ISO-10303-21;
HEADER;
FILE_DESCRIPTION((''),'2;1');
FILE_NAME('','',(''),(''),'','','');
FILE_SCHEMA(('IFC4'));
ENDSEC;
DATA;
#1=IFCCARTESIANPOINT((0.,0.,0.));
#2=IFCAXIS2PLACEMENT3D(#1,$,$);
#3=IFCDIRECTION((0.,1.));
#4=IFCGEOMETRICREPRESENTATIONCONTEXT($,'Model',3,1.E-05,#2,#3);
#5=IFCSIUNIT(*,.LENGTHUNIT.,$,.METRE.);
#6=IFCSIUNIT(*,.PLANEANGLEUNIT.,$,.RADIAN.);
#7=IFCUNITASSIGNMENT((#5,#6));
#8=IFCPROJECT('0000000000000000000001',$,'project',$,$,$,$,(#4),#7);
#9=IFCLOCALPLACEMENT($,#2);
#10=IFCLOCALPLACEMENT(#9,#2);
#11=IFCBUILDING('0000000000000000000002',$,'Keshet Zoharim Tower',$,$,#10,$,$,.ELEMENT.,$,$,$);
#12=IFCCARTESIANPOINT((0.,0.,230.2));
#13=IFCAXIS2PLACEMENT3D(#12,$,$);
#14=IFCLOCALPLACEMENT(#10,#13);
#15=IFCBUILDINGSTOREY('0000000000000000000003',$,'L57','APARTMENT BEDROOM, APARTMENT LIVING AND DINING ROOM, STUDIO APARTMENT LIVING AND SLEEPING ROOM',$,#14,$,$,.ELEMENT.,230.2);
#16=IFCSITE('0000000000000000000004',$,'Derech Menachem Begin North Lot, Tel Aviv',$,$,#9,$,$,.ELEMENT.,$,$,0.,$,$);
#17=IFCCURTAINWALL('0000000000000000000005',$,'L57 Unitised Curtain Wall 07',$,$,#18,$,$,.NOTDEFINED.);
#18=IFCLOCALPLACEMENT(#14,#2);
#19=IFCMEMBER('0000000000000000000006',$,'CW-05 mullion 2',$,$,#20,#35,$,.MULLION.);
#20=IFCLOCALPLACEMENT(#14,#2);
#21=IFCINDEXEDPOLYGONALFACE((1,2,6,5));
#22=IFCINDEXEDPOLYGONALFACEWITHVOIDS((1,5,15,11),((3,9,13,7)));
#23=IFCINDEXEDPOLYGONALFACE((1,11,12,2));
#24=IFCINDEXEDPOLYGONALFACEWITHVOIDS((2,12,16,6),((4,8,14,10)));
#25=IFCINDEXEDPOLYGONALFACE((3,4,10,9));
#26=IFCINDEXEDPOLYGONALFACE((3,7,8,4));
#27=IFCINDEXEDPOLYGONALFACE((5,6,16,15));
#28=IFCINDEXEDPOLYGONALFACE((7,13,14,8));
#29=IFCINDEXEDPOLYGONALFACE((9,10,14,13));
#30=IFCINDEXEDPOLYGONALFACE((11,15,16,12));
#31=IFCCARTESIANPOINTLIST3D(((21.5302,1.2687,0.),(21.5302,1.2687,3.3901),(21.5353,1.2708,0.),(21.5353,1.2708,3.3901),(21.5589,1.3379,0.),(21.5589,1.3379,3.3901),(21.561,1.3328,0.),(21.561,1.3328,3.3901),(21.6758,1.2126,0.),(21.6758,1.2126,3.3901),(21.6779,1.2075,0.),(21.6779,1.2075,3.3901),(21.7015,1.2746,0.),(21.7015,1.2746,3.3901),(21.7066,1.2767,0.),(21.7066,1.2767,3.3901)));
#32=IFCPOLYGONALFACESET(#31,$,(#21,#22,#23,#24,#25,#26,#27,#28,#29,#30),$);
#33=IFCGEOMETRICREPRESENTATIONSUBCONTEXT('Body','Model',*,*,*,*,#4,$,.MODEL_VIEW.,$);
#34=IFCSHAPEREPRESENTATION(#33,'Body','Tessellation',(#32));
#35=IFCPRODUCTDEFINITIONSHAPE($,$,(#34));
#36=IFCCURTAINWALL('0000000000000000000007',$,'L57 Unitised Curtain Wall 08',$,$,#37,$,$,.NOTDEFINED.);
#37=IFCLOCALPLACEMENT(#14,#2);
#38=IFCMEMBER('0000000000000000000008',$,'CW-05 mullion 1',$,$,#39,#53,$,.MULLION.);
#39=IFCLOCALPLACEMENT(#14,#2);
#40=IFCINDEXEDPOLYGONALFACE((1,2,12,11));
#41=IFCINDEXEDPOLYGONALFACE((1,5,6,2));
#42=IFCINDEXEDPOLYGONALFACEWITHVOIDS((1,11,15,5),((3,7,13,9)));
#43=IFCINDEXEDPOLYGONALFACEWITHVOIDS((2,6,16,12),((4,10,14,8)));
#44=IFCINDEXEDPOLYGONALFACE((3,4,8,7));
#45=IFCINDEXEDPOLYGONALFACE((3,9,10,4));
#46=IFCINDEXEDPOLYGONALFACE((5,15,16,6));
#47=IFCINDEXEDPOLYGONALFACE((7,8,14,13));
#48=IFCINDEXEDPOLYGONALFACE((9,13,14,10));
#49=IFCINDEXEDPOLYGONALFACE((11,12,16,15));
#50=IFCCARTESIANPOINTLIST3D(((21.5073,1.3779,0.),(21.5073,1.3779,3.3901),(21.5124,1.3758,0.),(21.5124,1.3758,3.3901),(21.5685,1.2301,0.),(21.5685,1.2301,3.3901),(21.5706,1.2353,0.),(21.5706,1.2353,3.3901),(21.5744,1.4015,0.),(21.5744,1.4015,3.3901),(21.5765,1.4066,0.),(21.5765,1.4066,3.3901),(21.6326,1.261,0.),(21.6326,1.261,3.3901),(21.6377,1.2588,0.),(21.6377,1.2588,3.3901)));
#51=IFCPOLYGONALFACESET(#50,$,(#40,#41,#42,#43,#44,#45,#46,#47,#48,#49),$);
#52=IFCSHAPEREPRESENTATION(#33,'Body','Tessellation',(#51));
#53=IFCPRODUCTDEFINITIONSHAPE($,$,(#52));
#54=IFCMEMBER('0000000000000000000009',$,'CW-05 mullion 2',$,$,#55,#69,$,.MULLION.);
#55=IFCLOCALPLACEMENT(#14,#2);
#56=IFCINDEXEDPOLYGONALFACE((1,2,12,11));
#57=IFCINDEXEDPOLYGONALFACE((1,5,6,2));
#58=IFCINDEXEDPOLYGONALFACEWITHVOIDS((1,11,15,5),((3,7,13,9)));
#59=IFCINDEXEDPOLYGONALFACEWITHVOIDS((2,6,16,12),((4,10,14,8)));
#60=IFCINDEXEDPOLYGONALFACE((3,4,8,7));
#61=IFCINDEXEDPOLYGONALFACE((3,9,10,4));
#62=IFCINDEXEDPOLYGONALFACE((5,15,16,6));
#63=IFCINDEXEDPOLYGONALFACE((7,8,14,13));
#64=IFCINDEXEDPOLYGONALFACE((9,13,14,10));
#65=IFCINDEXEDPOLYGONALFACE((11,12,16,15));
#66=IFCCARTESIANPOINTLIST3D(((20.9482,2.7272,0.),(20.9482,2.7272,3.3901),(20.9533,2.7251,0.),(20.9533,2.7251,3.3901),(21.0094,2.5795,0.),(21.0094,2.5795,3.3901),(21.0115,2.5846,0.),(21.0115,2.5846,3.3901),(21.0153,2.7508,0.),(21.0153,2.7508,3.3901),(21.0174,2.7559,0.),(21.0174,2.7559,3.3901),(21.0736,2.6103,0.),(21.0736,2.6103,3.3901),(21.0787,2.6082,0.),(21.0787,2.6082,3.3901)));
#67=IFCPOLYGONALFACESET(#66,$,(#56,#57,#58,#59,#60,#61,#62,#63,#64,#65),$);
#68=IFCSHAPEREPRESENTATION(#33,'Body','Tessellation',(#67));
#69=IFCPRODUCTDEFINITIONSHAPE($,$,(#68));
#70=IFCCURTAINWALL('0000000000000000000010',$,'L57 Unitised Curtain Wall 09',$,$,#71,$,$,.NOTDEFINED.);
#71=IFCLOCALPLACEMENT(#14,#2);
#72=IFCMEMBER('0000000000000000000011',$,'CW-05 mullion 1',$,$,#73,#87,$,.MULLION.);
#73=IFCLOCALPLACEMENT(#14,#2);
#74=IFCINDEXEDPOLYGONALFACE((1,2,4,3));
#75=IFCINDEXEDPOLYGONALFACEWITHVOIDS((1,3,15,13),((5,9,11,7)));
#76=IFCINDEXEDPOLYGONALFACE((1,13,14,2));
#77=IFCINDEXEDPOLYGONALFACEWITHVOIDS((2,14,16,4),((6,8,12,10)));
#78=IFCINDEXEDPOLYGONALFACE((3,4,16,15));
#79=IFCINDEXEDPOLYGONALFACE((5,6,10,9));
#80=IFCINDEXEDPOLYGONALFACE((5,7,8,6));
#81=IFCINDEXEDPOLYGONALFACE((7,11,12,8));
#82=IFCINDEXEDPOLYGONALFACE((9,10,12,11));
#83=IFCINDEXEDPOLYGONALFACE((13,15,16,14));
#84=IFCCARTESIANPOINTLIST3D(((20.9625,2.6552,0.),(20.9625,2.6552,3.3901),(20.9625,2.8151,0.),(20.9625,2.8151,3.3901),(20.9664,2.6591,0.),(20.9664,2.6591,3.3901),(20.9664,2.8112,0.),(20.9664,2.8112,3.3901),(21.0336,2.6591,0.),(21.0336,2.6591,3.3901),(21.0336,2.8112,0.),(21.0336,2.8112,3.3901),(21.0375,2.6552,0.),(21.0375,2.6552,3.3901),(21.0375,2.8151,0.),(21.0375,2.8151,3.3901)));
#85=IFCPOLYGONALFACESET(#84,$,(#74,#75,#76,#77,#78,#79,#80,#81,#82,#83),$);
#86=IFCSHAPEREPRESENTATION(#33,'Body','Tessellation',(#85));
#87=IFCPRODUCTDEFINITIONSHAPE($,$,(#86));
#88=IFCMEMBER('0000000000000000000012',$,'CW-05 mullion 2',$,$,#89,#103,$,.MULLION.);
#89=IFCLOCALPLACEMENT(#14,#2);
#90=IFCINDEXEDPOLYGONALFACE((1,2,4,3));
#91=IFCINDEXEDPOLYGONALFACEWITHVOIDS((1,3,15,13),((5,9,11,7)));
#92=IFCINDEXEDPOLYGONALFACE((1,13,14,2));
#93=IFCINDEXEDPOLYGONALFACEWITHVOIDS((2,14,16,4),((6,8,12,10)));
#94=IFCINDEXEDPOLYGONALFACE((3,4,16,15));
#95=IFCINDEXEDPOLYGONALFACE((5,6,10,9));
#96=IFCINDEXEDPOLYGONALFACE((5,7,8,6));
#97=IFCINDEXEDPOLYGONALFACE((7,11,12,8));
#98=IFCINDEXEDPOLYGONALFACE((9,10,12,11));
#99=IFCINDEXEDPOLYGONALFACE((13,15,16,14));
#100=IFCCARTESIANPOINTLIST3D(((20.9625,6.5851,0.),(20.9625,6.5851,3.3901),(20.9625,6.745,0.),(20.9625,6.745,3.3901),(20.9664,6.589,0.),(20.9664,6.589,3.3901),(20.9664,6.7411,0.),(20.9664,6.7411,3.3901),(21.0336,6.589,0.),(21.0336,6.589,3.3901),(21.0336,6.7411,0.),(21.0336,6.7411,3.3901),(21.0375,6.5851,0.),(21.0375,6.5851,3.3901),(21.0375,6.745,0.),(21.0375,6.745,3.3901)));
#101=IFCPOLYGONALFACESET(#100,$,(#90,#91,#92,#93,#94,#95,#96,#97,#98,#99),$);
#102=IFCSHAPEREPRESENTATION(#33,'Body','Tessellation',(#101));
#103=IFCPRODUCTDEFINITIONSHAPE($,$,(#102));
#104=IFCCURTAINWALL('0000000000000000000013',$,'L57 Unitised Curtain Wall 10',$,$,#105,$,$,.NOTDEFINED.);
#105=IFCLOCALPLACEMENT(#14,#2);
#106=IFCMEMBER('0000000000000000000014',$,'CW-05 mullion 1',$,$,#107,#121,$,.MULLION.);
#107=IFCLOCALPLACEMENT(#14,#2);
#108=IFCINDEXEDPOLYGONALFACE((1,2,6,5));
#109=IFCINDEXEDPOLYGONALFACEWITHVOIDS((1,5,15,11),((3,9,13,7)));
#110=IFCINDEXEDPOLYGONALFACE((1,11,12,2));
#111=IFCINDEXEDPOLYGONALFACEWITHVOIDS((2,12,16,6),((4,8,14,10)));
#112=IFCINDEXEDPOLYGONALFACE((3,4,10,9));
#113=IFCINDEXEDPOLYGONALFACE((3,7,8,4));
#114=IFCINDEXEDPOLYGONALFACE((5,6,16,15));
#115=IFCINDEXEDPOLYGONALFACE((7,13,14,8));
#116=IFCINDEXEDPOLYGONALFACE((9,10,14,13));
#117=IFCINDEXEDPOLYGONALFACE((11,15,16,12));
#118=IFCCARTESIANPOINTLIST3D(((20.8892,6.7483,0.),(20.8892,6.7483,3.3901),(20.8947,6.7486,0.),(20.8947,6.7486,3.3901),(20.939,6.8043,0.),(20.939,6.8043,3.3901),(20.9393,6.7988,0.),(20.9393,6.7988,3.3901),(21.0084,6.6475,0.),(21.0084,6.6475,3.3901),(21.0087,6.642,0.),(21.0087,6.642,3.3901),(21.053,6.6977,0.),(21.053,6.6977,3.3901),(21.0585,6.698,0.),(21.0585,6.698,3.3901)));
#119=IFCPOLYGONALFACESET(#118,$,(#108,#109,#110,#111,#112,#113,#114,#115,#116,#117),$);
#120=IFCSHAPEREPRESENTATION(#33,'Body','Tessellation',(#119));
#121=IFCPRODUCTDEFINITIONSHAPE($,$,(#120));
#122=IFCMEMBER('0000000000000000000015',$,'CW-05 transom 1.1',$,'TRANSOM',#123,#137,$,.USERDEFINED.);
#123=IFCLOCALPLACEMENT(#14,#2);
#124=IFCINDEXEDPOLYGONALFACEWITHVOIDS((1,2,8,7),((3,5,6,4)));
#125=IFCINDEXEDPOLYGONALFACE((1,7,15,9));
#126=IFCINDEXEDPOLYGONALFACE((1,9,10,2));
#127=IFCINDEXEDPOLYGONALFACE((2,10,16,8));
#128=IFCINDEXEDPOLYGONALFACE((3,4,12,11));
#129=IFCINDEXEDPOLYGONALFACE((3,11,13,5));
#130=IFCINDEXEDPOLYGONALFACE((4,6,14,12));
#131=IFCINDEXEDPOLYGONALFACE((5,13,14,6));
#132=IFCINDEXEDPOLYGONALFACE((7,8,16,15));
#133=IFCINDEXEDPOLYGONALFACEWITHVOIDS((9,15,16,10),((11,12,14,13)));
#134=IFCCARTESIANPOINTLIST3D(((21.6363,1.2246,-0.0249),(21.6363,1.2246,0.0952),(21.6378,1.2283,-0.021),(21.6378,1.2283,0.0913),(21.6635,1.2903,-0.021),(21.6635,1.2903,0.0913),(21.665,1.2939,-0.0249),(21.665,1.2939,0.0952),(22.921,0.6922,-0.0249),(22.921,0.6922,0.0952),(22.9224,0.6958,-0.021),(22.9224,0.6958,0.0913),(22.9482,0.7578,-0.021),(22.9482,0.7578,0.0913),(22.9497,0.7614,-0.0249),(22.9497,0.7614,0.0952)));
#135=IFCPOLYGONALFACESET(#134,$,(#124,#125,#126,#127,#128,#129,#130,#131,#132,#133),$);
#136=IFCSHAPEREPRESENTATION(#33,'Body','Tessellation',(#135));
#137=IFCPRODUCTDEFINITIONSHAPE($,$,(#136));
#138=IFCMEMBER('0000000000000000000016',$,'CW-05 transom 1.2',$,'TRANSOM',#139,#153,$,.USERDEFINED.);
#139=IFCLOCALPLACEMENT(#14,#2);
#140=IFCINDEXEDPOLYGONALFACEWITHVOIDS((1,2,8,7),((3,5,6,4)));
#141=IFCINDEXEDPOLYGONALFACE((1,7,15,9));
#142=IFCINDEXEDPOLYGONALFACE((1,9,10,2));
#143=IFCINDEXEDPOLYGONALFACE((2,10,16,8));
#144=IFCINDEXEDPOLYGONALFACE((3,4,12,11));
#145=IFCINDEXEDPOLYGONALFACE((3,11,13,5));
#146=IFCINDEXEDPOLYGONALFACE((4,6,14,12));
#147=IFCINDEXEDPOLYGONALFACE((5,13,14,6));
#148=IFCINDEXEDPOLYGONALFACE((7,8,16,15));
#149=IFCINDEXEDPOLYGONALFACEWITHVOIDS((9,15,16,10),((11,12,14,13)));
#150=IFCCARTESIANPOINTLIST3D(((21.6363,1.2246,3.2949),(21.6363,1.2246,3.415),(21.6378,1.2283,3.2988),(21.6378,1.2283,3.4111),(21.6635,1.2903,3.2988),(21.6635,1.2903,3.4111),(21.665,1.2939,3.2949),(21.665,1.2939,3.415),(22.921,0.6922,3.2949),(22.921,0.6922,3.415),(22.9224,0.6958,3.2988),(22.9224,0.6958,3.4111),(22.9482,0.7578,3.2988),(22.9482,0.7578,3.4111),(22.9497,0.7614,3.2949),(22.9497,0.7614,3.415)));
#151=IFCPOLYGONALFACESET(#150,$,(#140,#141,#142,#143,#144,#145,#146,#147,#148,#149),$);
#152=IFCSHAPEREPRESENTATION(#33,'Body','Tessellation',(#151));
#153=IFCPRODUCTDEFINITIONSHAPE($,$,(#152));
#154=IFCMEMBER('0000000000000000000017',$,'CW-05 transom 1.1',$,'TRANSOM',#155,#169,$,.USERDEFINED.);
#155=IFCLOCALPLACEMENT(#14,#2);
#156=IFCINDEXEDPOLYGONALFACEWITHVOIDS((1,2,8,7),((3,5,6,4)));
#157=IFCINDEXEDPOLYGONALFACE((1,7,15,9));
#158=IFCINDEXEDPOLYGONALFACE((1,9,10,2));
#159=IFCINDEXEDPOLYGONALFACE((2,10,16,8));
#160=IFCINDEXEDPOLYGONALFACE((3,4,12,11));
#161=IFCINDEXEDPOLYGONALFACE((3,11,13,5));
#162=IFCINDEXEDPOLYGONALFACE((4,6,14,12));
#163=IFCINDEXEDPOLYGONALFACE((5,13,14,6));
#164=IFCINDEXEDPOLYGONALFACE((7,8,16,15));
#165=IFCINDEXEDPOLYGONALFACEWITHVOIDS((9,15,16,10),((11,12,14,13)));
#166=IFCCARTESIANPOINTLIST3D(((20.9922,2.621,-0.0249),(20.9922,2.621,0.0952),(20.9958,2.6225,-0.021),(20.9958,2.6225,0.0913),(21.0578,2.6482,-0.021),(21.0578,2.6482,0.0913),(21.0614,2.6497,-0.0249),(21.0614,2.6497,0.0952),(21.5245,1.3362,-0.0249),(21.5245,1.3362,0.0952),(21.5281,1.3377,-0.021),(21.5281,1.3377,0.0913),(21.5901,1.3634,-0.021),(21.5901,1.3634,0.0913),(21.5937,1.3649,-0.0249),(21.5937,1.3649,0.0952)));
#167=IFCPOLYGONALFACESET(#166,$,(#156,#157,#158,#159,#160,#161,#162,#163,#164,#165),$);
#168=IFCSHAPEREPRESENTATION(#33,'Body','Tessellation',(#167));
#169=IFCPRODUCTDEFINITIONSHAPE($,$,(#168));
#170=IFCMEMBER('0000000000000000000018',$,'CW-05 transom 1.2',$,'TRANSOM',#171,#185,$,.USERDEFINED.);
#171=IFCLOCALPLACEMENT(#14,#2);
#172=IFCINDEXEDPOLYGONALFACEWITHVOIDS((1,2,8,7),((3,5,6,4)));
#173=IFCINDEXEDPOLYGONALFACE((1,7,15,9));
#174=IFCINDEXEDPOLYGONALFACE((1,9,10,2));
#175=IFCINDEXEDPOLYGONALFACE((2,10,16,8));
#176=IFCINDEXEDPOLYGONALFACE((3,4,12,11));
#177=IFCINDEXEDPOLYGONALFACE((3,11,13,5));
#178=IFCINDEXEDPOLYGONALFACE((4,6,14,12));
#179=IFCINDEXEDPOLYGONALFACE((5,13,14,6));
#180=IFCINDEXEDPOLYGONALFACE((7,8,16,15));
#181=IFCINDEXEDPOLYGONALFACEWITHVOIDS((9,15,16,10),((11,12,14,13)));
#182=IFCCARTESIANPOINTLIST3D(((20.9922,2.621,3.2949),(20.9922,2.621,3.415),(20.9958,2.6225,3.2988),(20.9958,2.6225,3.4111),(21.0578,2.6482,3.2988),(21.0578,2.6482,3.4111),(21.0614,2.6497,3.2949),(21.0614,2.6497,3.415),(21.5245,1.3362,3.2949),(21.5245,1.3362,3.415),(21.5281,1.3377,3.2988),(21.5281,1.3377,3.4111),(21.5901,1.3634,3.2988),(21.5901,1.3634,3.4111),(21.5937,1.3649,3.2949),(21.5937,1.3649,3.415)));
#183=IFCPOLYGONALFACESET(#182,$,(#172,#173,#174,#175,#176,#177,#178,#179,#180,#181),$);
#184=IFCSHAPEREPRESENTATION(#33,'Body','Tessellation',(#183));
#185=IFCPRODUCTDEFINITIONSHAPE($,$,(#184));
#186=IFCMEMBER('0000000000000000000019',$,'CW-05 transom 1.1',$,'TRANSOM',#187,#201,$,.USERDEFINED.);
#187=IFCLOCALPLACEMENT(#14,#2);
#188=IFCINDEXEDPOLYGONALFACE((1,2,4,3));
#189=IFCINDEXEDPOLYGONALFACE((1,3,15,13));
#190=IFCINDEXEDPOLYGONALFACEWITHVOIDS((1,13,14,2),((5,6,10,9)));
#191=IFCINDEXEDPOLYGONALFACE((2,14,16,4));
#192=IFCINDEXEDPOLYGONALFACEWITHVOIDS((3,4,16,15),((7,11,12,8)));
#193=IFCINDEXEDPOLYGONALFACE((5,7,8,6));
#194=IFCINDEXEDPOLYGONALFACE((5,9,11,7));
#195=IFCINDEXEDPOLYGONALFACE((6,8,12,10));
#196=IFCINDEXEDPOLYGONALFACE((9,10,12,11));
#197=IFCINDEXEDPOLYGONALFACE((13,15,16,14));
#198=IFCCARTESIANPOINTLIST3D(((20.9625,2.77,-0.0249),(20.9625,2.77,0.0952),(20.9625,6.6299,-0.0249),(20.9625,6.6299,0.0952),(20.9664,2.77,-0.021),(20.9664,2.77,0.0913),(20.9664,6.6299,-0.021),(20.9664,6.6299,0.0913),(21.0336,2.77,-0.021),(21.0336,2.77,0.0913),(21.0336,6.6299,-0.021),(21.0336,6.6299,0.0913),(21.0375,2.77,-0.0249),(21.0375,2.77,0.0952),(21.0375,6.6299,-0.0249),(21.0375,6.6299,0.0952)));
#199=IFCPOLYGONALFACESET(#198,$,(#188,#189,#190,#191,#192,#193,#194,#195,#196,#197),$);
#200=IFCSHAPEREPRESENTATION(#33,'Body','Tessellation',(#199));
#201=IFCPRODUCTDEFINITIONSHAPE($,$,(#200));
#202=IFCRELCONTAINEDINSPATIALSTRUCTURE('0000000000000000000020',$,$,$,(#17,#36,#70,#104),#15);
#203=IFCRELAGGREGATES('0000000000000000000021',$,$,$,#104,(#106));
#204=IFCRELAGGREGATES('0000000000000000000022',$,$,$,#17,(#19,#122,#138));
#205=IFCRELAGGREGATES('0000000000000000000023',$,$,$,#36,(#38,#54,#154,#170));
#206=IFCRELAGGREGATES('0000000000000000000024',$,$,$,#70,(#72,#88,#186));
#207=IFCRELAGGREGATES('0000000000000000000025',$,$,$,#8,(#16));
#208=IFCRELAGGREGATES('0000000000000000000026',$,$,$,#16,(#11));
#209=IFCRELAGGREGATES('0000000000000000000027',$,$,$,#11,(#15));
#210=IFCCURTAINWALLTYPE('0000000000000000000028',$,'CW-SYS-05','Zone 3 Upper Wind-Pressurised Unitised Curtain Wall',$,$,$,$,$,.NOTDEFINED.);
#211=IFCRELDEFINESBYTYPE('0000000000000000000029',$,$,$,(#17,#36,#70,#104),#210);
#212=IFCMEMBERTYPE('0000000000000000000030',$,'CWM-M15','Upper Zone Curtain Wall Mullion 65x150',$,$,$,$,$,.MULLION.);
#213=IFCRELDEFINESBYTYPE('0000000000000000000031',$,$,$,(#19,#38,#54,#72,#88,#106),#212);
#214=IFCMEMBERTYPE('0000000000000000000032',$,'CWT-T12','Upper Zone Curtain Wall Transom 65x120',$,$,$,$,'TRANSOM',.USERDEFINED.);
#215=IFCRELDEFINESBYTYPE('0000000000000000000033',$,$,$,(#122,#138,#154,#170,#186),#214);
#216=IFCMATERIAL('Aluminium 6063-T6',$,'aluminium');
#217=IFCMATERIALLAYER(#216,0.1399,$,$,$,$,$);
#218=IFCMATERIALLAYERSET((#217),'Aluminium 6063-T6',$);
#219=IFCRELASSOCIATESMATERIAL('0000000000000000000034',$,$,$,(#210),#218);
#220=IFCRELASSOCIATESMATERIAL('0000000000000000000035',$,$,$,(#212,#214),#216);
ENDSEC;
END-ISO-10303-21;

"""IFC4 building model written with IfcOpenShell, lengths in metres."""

from ifc_helpers import new_model, si_unit, direction, frame, origin, origin_2d, place, context, subcontext, project, spatial, hollow_rectangle, extrude, material, layer, layer_set, material_profile, profile_set, type_object, element, aggregate, save


model = new_model("IFC4")

# Units and contexts
model_context = context("Model", 3, precision=1e-05, world=origin(), true_north=direction((0.0, 1.0)))
body_context = subcontext(model_context, "Body", "Model", "MODEL_VIEW")
ifc_project = project(units=[si_unit("LENGTHUNIT", "METRE"), si_unit("PLANEANGLEUNIT", "RADIAN")], contexts=[model_context])

# Site, building, storey
site_placement = place(None, origin())
site = spatial("IfcSite", under=ifc_project, at=site_placement, Name="Derech Menachem Begin North Lot, Tel Aviv", CompositionType="ELEMENT", RefElevation=0.0)
building_placement = place(site_placement, origin())
building = spatial("IfcBuilding", under=site, at=building_placement, Name="Keshet Zoharim Tower", CompositionType="ELEMENT")
storey_placement = place(building_placement, frame((0.0, 0.0, 230.2)))
storey = spatial("IfcBuildingStorey", under=building, at=storey_placement, Name="L57", Description="APARTMENT BEDROOM, APARTMENT LIVING AND DINING ROOM, STUDIO APARTMENT LIVING AND SLEEPING ROOM", CompositionType="ELEMENT", Elevation=230.2)

# Shared definitions
ifc_material_1 = material(Name="Aluminium 6063-T6", Category="aluminium")
ifc_layer_1 = layer(ifc_material_1, 0.1399)
ifc_layer_set_1 = layer_set([ifc_layer_1], Name="Aluminium 6063-T6")
curtain_wall_type = type_object("IfcCurtainWallType", Name="CW-SYS-05", Description="Zone 3 Upper Wind-Pressurised Unitised Curtain Wall", PredefinedType="NOTDEFINED", material=ifc_layer_set_1)
ifc_material_profile_1 = material_profile(ifc_material_1, hollow_rectangle(XDim=0.075, YDim=0.1599, WallThickness=0.0039, at=origin_2d()), Name="MUL-75x160")
ifc_profile_set_1 = profile_set([ifc_material_profile_1], Name="Aluminium 6063-T6")
member_type_1 = type_object("IfcMemberType", Name="CWM-M15", Description="Upper Zone Curtain Wall Mullion 65x150", PredefinedType="MULLION", material=ifc_profile_set_1)

# Curtain walls, members
curtain_wall_1_placement = place(storey_placement, origin())
curtain_wall_1 = element("IfcCurtainWall", 1, at=curtain_wall_1_placement, inside=storey, type_object=curtain_wall_type, Name="L57 Unitised Curtain Wall 07", PredefinedType="NOTDEFINED")
member_1_placement = place(storey_placement, frame((21.6184, 1.2727, 0.0), z_axis=(0.0, 0.0, 1.0), x_axis=(-0.382852, -0.92381, 0.0)))
member_1 = element("IfcMember", 2, at=member_1_placement, type_object=member_type_1, Name="CW-05 mullion 2", PredefinedType="MULLION", context=body_context, shape_type="SweptSolid", body=[
    extrude(hollow_rectangle(XDim=0.075, YDim=0.1599, WallThickness=0.0039, at=origin_2d()), origin(), (0.0, 0.0, 1.0), 3.3901),
])
curtain_wall_2_placement = place(storey_placement, origin())
curtain_wall_2 = element("IfcCurtainWall", 3, at=curtain_wall_2_placement, inside=storey, type_object=curtain_wall_type, Name="L57 Unitised Curtain Wall 08", PredefinedType="NOTDEFINED")
member_2_placement = place(storey_placement, frame((21.5725, 1.3184, 0.0), z_axis=(0.0, 0.0, 1.0), x_axis=(-0.92381, -0.382852, 0.0)))
member_2 = element("IfcMember", 4, at=member_2_placement, type_object=member_type_1, Name="CW-05 mullion 1", PredefinedType="MULLION", context=body_context, shape_type="SweptSolid", body=[
    extrude(hollow_rectangle(XDim=0.075, YDim=0.1599, WallThickness=0.0039, at=origin_2d()), origin(), (0.0, 0.0, 1.0), 3.3901),
])
member_3_placement = place(storey_placement, frame((21.0134, 2.6677, 0.0), z_axis=(0.0, 0.0, 1.0), x_axis=(-0.92381, -0.382852, 0.0)))
member_3 = element("IfcMember", 5, at=member_3_placement, type_object=member_type_1, Name="CW-05 mullion 2", PredefinedType="MULLION", context=body_context, shape_type="SweptSolid", body=[
    extrude(hollow_rectangle(XDim=0.075, YDim=0.1599, WallThickness=0.0039, at=origin_2d()), origin(), (0.0, 0.0, 1.0), 3.3901),
])
curtain_wall_3_placement = place(storey_placement, origin())
curtain_wall_3 = element("IfcCurtainWall", 6, at=curtain_wall_3_placement, inside=storey, type_object=curtain_wall_type, Name="L57 Unitised Curtain Wall 09", PredefinedType="NOTDEFINED")
member_4_placement = place(storey_placement, frame((21.0, 2.7351, 0.0), z_axis=(0.0, 0.0, 1.0), x_axis=(-1.0, 0.0, 0.0)))
member_4 = element("IfcMember", 7, at=member_4_placement, type_object=member_type_1, Name="CW-05 mullion 1", PredefinedType="MULLION", context=body_context, shape_type="SweptSolid", body=[
    extrude(hollow_rectangle(XDim=0.075, YDim=0.1599, WallThickness=0.0039, at=origin_2d()), origin(), (0.0, 0.0, 1.0), 3.3901),
])
member_5_placement = place(storey_placement, frame((21.0, 6.665, 0.0), z_axis=(0.0, 0.0, 1.0), x_axis=(-1.0, 0.0, 0.0)))
member_5 = element("IfcMember", 8, at=member_5_placement, type_object=member_type_1, Name="CW-05 mullion 2", PredefinedType="MULLION", context=body_context, shape_type="SweptSolid", body=[
    extrude(hollow_rectangle(XDim=0.075, YDim=0.1599, WallThickness=0.0039, at=origin_2d()), origin(), (0.0, 0.0, 1.0), 3.3901),
])

# Curtain wall, member
curtain_wall_4_placement = place(storey_placement, origin())
curtain_wall_4 = element("IfcCurtainWall", 9, at=curtain_wall_4_placement, inside=storey, type_object=curtain_wall_type, Name="L57 Unitised Curtain Wall 10", PredefinedType="NOTDEFINED")
member_6_placement = place(storey_placement, frame((20.9739, 6.7231, 0.0), z_axis=(0.0, 0.0, 1.0), x_axis=(-0.664363, -0.74741, 0.0)))
member_6 = element("IfcMember", 10, at=member_6_placement, type_object=member_type_1, Name="CW-05 mullion 1", PredefinedType="MULLION", context=body_context, shape_type="SweptSolid", body=[
    extrude(hollow_rectangle(XDim=0.075, YDim=0.1599, WallThickness=0.0039, at=origin_2d()), origin(), (0.0, 0.0, 1.0), 3.3901),
])

# Members
ifc_material_profile_2 = material_profile(ifc_material_1, hollow_rectangle(XDim=0.075, YDim=0.1201, WallThickness=0.0039, at=origin_2d()), Name="TRN-75x120")
ifc_profile_set_2 = profile_set([ifc_material_profile_2], Name="Aluminium 6063-T6")
member_type_2 = type_object("IfcMemberType", Name="CWT-T12", Description="Upper Zone Curtain Wall Transom 65x120", ElementType="TRANSOM", PredefinedType="USERDEFINED", material=ifc_profile_set_2)
member_7_placement = place(storey_placement, frame((22.9353, 0.7268, 0.0352), z_axis=(-0.923792, 0.382894, 0.0), x_axis=(-0.382894, -0.923792, 0.0)))
member_7 = element("IfcMember", 11, at=member_7_placement, type_object=member_type_2, Name="CW-05 transom 1.1", ObjectType="TRANSOM", PredefinedType="USERDEFINED", context=body_context, shape_type="SweptSolid", body=[
    extrude(hollow_rectangle(XDim=0.075, YDim=0.1201, WallThickness=0.0039, at=origin_2d()), origin(), (0.0, 0.0, 1.0), 1.3906),
])
member_8_placement = place(storey_placement, frame((22.9353, 0.7268, 3.355), z_axis=(-0.923792, 0.382894, 0.0), x_axis=(-0.382894, -0.923792, 0.0)))
member_8 = element("IfcMember", 12, at=member_8_placement, type_object=member_type_2, Name="CW-05 transom 1.2", ObjectType="TRANSOM", PredefinedType="USERDEFINED", context=body_context, shape_type="SweptSolid", body=[
    extrude(hollow_rectangle(XDim=0.075, YDim=0.1201, WallThickness=0.0039, at=origin_2d()), origin(), (0.0, 0.0, 1.0), 1.3906),
])
member_9_placement = place(storey_placement, frame((21.5591, 1.3506, 0.0352), z_axis=(-0.382745, 0.923854, 0.0), x_axis=(-0.923854, -0.382745, 0.0)))
member_9 = element("IfcMember", 13, at=member_9_placement, type_object=member_type_2, Name="CW-05 transom 1.1", ObjectType="TRANSOM", PredefinedType="USERDEFINED", context=body_context, shape_type="SweptSolid", body=[
    extrude(hollow_rectangle(XDim=0.075, YDim=0.1201, WallThickness=0.0039, at=origin_2d()), origin(), (0.0, 0.0, 1.0), 1.3906),
])
member_10_placement = place(storey_placement, frame((21.5591, 1.3506, 3.355), z_axis=(-0.382745, 0.923854, 0.0), x_axis=(-0.923854, -0.382745, 0.0)))
member_10 = element("IfcMember", 14, at=member_10_placement, type_object=member_type_2, Name="CW-05 transom 1.2", ObjectType="TRANSOM", PredefinedType="USERDEFINED", context=body_context, shape_type="SweptSolid", body=[
    extrude(hollow_rectangle(XDim=0.075, YDim=0.1201, WallThickness=0.0039, at=origin_2d()), origin(), (0.0, 0.0, 1.0), 1.3906),
])
member_11_placement = place(storey_placement, frame((21.0, 2.77, 0.0352), z_axis=(0.0, 1.0, 0.0), x_axis=(-1.0, 0.0, 0.0)))
member_11 = element("IfcMember", 15, at=member_11_placement, type_object=member_type_2, Name="CW-05 transom 1.1", ObjectType="TRANSOM", PredefinedType="USERDEFINED", context=body_context, shape_type="SweptSolid", body=[
    extrude(hollow_rectangle(XDim=0.075, YDim=0.1201, WallThickness=0.0039, at=origin_2d()), origin(), (0.0, 0.0, 1.0), 3.8599),
])
aggregate(curtain_wall_4, [member_6])

aggregate(curtain_wall_1, [member_1, member_7, member_8])
aggregate(curtain_wall_2, [member_2, member_3, member_9, member_10])
aggregate(curtain_wall_3, [member_4, member_5, member_11])

save(model, "model.ifc")
